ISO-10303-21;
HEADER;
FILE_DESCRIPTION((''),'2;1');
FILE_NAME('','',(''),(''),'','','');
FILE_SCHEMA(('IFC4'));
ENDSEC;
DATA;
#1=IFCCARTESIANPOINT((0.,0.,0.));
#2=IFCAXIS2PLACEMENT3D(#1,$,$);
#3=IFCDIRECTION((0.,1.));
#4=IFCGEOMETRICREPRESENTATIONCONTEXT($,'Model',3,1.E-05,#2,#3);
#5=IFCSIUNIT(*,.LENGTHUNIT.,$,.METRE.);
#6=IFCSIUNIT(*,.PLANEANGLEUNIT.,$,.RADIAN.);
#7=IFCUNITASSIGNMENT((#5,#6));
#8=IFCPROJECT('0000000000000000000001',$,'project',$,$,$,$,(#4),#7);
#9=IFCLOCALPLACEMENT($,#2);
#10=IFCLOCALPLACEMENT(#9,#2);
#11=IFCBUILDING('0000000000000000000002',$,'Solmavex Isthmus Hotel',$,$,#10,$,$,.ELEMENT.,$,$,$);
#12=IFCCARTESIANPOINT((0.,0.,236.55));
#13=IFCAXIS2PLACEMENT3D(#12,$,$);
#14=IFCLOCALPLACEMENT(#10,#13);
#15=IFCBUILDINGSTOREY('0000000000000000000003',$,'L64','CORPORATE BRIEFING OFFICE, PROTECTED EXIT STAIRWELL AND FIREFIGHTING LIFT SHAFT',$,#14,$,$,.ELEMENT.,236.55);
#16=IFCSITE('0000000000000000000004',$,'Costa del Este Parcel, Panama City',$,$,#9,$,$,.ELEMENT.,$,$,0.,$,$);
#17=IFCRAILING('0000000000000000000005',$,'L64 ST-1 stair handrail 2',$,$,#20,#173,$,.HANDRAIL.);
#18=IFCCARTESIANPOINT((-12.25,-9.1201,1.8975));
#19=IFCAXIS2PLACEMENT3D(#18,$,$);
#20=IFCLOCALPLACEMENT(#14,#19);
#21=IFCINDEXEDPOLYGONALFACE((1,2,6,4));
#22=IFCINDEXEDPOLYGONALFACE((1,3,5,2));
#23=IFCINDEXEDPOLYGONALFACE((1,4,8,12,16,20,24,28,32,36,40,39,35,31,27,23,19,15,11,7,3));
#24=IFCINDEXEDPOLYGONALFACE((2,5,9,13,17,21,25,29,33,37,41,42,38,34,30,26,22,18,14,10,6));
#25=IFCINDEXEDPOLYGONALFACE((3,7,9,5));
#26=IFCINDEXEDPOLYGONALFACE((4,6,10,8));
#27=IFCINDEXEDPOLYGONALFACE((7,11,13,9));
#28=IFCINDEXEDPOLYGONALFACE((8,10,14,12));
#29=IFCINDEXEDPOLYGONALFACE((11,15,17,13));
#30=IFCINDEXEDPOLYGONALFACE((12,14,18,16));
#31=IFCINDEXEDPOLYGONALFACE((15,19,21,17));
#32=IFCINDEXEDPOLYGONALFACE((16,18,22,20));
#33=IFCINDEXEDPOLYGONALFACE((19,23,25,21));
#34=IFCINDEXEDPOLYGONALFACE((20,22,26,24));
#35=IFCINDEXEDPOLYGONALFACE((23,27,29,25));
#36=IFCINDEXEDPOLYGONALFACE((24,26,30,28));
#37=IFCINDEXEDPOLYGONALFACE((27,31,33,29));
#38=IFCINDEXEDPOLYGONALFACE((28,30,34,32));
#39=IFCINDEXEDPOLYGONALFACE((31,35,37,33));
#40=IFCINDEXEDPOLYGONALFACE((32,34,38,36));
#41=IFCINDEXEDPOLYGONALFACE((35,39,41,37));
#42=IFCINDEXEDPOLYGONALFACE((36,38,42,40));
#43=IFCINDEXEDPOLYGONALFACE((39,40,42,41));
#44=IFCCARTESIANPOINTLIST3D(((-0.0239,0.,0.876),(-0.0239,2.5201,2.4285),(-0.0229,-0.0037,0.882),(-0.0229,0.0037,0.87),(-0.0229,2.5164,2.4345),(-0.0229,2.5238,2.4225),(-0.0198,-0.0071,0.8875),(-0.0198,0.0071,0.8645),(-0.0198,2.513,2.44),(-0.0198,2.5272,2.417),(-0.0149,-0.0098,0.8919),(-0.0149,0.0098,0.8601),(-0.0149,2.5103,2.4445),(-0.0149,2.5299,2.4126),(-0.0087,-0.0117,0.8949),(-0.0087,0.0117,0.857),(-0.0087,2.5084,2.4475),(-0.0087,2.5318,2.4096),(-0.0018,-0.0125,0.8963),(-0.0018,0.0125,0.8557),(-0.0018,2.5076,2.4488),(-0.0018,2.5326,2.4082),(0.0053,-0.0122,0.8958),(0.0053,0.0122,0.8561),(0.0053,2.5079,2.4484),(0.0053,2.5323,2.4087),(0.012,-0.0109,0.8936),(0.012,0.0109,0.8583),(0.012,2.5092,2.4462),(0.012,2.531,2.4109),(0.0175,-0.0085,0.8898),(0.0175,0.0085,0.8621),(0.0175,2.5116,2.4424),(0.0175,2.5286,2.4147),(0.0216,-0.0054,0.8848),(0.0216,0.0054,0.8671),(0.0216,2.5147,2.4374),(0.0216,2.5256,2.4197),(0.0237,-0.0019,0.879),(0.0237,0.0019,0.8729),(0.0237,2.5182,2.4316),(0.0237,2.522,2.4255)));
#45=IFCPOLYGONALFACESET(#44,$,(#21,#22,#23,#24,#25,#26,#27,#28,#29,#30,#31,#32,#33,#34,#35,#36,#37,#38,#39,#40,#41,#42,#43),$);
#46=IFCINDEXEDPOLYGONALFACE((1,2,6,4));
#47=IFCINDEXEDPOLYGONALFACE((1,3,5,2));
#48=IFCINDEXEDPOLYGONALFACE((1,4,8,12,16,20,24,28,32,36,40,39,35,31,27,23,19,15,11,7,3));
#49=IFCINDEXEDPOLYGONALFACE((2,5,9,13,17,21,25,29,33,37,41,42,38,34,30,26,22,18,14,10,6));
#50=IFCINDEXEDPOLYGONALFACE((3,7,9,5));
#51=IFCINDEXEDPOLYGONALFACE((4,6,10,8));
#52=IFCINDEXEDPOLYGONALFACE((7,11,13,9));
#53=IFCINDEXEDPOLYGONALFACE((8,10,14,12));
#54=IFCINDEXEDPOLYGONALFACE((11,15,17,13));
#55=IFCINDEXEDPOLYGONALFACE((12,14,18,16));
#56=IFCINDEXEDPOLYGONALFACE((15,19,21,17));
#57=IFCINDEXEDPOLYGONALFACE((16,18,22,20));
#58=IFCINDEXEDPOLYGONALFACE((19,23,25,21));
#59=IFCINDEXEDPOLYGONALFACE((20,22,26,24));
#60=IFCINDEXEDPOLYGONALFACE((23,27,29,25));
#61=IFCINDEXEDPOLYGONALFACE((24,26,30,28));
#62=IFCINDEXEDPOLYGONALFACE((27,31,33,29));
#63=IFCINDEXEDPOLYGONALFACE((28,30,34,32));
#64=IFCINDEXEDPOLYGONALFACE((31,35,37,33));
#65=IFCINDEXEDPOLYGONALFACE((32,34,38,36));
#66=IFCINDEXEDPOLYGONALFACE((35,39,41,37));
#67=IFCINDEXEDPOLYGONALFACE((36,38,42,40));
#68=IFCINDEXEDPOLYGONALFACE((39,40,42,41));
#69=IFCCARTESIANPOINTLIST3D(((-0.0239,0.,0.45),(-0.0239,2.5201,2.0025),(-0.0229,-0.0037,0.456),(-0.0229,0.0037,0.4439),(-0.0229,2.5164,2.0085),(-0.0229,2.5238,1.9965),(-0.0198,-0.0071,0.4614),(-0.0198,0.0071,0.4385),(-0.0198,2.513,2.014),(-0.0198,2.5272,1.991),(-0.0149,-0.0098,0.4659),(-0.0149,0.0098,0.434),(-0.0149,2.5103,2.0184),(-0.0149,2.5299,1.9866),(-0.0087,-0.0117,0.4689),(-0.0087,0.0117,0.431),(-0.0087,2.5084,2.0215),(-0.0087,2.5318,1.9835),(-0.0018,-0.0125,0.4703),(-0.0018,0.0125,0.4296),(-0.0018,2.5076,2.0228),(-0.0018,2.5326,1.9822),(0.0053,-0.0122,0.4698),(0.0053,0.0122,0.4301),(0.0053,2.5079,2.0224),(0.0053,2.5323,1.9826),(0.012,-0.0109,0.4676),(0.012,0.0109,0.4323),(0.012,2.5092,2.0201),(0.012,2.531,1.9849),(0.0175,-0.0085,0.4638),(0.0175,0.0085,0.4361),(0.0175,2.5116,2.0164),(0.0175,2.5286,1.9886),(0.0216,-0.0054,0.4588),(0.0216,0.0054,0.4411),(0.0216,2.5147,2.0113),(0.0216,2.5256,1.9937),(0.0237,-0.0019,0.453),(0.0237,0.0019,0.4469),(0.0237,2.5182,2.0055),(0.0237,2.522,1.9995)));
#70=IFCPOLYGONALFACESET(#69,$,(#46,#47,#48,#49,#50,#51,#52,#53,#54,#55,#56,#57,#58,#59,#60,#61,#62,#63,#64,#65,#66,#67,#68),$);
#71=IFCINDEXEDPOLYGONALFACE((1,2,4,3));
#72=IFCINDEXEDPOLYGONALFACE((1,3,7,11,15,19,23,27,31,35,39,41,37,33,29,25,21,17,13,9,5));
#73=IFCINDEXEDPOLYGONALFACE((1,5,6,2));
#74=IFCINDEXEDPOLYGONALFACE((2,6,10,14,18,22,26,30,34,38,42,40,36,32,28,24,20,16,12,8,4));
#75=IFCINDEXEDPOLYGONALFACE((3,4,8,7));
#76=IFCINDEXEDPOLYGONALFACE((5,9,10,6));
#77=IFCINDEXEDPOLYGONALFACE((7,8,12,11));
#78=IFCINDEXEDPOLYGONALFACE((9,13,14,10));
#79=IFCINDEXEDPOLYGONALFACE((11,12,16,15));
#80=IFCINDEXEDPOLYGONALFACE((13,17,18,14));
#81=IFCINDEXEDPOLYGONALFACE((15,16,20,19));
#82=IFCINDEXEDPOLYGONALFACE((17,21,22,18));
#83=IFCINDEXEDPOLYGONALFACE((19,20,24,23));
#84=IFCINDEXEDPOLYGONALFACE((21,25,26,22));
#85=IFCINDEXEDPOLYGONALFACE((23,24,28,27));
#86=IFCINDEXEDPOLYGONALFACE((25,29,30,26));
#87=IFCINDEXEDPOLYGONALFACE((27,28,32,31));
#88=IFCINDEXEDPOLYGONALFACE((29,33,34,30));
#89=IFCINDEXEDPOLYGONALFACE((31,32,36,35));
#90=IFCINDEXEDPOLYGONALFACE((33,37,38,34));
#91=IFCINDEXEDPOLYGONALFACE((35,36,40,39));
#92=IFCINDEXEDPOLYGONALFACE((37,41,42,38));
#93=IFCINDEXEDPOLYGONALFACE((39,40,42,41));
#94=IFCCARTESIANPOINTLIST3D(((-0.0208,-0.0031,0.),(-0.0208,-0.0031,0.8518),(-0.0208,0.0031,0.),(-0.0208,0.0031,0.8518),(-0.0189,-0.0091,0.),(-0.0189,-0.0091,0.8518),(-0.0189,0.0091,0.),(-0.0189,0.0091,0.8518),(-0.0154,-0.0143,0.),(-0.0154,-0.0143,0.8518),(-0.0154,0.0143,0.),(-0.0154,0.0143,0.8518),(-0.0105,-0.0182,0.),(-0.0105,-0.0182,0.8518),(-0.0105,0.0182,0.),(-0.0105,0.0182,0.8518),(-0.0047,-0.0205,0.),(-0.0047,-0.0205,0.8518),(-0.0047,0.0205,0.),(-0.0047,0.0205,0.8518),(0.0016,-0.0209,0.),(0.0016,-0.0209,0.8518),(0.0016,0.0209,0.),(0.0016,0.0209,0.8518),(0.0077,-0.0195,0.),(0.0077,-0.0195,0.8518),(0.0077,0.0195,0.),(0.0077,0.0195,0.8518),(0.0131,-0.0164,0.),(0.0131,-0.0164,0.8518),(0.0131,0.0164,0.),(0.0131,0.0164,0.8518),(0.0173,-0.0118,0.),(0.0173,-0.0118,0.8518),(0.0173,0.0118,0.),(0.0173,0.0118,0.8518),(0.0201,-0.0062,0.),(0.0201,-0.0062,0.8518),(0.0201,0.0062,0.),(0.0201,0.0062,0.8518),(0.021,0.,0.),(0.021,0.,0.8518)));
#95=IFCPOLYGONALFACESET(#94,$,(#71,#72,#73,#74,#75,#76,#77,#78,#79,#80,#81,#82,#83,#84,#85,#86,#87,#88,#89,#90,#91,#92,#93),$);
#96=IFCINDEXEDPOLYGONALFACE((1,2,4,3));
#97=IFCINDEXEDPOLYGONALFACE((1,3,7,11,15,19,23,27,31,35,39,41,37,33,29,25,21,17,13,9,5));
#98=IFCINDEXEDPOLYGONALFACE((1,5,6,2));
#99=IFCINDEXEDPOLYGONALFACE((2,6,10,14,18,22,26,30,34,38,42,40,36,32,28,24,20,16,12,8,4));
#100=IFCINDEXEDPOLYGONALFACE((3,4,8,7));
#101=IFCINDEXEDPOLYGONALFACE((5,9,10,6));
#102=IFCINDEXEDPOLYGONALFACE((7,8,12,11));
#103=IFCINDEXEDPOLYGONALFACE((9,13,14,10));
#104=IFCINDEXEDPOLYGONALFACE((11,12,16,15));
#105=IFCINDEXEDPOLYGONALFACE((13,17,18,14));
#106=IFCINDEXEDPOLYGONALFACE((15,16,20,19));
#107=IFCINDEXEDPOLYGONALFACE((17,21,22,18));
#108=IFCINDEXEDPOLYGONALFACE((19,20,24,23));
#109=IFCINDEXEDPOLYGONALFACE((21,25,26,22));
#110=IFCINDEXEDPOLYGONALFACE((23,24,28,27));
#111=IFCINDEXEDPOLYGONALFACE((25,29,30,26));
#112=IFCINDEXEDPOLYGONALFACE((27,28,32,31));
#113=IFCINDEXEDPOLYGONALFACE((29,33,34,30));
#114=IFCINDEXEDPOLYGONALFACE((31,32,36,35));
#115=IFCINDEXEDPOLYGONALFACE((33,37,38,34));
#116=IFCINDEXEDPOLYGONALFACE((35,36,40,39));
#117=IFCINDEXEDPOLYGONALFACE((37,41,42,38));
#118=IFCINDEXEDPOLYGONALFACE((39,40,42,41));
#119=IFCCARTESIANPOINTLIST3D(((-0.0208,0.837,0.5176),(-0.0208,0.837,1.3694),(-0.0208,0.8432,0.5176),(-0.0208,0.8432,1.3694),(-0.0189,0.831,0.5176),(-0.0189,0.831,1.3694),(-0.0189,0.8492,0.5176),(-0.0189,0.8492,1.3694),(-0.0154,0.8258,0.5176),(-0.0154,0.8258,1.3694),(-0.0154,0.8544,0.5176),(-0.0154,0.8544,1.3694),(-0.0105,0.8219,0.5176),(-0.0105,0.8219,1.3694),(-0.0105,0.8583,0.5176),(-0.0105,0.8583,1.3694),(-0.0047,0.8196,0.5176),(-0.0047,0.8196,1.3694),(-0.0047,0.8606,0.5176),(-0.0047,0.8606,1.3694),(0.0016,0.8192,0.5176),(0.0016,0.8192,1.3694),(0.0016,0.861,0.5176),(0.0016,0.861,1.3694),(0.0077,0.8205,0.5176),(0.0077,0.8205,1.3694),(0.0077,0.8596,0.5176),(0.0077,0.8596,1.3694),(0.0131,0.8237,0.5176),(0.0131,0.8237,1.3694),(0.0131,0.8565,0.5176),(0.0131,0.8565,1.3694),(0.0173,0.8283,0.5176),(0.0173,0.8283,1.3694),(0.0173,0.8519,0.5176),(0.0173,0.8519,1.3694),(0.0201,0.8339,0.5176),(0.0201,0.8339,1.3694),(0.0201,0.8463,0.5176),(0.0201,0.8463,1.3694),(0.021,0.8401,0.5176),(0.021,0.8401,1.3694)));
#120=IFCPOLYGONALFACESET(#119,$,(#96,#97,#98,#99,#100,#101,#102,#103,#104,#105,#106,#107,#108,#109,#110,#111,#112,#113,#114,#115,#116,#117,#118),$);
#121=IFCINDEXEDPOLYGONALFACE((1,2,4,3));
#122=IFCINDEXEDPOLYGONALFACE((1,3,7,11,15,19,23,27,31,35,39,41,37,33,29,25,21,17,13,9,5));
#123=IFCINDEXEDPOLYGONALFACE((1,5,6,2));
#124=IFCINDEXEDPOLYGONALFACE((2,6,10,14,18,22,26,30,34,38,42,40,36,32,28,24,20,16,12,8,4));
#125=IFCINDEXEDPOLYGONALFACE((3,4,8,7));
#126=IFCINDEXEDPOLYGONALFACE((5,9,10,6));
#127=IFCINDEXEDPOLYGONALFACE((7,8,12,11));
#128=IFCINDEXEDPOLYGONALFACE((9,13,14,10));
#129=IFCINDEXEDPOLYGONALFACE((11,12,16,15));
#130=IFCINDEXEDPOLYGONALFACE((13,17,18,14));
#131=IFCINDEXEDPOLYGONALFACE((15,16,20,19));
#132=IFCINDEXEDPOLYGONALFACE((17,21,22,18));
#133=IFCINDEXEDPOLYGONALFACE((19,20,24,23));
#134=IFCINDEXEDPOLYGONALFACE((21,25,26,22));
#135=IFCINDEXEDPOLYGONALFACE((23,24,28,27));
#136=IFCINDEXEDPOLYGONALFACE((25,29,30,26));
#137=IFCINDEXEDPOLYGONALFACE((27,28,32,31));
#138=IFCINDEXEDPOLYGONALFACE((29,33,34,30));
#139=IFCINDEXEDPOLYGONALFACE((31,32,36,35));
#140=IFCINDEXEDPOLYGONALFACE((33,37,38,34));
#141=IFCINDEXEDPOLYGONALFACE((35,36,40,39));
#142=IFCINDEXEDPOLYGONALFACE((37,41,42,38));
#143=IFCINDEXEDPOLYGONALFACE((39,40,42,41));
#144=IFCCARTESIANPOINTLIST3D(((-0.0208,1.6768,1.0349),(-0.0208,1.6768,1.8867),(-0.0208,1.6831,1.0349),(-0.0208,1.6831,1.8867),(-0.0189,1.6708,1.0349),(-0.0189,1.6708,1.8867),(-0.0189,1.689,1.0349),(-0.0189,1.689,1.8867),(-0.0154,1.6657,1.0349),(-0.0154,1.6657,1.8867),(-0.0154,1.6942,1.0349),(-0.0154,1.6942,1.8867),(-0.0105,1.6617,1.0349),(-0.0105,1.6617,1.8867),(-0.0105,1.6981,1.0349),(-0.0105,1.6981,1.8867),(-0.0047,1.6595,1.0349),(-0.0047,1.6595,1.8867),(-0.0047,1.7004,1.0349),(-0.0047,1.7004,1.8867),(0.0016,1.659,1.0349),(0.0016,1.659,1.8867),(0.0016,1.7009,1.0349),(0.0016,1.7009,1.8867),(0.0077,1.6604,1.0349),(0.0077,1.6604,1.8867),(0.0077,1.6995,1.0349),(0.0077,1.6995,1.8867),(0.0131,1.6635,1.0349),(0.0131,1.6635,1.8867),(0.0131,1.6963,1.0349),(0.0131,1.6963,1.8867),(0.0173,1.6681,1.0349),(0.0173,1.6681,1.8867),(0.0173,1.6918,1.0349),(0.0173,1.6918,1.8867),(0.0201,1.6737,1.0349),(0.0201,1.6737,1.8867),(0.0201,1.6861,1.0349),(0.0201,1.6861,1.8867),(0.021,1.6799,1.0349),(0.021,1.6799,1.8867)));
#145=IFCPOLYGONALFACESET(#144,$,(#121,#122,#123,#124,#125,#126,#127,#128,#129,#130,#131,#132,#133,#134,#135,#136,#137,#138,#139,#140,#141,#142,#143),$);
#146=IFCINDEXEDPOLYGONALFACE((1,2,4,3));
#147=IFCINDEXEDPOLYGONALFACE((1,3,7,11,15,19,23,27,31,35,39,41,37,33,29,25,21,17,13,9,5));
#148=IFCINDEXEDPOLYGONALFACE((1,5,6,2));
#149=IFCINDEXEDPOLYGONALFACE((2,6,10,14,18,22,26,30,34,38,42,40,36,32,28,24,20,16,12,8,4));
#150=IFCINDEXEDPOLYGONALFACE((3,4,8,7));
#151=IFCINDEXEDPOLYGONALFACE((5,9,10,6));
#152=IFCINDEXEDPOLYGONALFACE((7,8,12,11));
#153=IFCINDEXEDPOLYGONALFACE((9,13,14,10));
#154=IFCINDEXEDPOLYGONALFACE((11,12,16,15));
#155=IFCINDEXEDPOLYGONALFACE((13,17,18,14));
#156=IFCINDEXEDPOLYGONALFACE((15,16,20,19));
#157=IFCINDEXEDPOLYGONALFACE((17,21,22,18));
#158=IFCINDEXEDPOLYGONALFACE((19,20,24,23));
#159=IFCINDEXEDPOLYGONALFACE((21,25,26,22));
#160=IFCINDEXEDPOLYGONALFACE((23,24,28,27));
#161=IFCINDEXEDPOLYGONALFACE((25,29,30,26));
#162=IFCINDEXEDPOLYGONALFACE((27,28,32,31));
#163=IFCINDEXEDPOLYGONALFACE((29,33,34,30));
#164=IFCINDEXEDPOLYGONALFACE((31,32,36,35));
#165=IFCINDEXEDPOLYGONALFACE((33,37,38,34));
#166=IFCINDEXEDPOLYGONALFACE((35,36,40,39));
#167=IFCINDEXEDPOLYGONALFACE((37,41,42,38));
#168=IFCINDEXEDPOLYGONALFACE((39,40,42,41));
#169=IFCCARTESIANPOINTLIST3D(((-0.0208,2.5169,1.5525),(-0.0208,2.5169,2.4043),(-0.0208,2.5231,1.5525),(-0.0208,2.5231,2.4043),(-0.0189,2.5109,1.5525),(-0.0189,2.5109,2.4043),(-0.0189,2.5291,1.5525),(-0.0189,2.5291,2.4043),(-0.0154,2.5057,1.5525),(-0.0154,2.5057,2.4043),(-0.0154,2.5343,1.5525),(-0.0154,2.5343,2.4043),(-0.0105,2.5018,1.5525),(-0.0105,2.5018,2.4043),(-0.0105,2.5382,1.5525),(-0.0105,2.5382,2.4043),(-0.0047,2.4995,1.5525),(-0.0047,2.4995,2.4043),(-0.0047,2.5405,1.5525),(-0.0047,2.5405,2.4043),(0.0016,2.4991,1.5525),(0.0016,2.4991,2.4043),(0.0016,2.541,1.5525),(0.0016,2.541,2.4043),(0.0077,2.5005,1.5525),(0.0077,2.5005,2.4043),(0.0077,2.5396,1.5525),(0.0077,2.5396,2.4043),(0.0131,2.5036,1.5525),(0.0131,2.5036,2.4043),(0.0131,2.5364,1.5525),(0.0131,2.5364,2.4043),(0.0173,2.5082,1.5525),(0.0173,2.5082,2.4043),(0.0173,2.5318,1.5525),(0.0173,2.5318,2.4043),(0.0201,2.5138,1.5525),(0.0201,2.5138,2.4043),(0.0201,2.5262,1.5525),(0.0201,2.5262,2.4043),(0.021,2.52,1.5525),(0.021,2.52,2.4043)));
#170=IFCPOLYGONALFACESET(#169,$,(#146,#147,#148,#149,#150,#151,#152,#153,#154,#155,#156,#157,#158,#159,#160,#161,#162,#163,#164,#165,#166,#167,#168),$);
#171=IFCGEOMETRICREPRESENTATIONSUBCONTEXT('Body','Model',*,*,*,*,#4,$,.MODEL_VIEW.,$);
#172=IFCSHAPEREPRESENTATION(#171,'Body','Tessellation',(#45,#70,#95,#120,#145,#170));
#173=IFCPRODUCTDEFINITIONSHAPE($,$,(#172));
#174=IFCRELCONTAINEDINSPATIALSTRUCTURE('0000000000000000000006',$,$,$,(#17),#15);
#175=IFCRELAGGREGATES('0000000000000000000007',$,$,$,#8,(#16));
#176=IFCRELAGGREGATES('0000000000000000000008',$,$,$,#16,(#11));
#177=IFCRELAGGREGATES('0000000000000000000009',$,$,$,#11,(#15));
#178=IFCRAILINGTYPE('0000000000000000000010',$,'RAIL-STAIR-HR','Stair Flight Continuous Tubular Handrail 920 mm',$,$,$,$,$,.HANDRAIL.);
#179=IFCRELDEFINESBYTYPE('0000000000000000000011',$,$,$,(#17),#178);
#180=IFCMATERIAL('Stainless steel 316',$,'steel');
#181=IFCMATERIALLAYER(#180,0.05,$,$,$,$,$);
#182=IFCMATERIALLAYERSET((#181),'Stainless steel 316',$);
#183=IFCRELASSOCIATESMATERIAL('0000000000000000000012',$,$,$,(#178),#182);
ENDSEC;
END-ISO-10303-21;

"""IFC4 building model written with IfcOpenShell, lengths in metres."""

from ifc_helpers import new_model, si_unit, direction, frame, origin, origin_2d, place, context, subcontext, project, spatial, circle, extrude, material, layer, layer_set, type_object, element, save


model = new_model("IFC4")

# Units and contexts
model_context = context("Model", 3, precision=1e-05, world=origin(), true_north=direction((0.0, 1.0)))
body_context = subcontext(model_context, "Body", "Model", "MODEL_VIEW")
ifc_project = project(units=[si_unit("LENGTHUNIT", "METRE"), si_unit("PLANEANGLEUNIT", "RADIAN")], contexts=[model_context])

# Site, building, storey
site_placement = place(None, origin())
site = spatial("IfcSite", under=ifc_project, at=site_placement, Name="Costa del Este Parcel, Panama City", CompositionType="ELEMENT", RefElevation=0.0)
building_placement = place(site_placement, origin())
building = spatial("IfcBuilding", under=site, at=building_placement, Name="Solmavex Isthmus Hotel", CompositionType="ELEMENT")
storey_placement = place(building_placement, frame((0.0, 0.0, 236.55)))
storey = spatial("IfcBuildingStorey", under=building, at=storey_placement, Name="L64", Description="CORPORATE BRIEFING OFFICE, PROTECTED EXIT STAIRWELL AND FIREFIGHTING LIFT SHAFT", CompositionType="ELEMENT", Elevation=236.55)

# Shared definitions
ifc_material_1 = material(Name="Stainless steel 316", Category="steel")

# Railing
ifc_layer_1 = layer(ifc_material_1, 0.05)
ifc_layer_set_1 = layer_set([ifc_layer_1], Name="Stainless steel 316")
railing_type_1 = type_object("IfcRailingType", Name="RAIL-STAIR-HR", Description="Stair Flight Continuous Tubular Handrail 920 mm", PredefinedType="HANDRAIL", material=ifc_layer_set_1)
railing_1_placement = place(storey_placement, frame((-12.25, -9.1201, 1.8975)))
element("IfcRailing", 1, at=railing_1_placement, inside=storey, type_object=railing_type_1, Name="L64 ST-1 stair handrail 2", PredefinedType="HANDRAIL", context=body_context, shape_type="SweptSolid", body=[
    extrude(circle(Radius=0.0239, at=origin_2d()), frame((0.0, 0.0, 0.876), z_axis=(0.0, 0.8514, 0.524516), x_axis=(-1.0, 0.0, 0.0)), (0.0, 0.0, 1.0), 2.96),
    extrude(circle(Radius=0.0239, at=origin_2d()), frame((0.0, 0.0, 0.45), z_axis=(0.0, 0.8514, 0.524516), x_axis=(-1.0, 0.0, 0.0)), (0.0, 0.0, 1.0), 2.96),
    extrude(circle(Radius=0.021, at=origin_2d()), origin(), (0.0, 0.0, 1.0), 0.8518),
    extrude(circle(Radius=0.021, at=origin_2d()), frame((0.0, 0.8401, 0.5176)), (0.0, 0.0, 1.0), 0.8518),
    extrude(circle(Radius=0.021, at=origin_2d()), frame((0.0, 1.6799, 1.0349)), (0.0, 0.0, 1.0), 0.8518),
    extrude(circle(Radius=0.021, at=origin_2d()), frame((0.0, 2.52, 1.5525)), (0.0, 0.0, 1.0), 0.8518),
])

save(model, "model.ifc")
